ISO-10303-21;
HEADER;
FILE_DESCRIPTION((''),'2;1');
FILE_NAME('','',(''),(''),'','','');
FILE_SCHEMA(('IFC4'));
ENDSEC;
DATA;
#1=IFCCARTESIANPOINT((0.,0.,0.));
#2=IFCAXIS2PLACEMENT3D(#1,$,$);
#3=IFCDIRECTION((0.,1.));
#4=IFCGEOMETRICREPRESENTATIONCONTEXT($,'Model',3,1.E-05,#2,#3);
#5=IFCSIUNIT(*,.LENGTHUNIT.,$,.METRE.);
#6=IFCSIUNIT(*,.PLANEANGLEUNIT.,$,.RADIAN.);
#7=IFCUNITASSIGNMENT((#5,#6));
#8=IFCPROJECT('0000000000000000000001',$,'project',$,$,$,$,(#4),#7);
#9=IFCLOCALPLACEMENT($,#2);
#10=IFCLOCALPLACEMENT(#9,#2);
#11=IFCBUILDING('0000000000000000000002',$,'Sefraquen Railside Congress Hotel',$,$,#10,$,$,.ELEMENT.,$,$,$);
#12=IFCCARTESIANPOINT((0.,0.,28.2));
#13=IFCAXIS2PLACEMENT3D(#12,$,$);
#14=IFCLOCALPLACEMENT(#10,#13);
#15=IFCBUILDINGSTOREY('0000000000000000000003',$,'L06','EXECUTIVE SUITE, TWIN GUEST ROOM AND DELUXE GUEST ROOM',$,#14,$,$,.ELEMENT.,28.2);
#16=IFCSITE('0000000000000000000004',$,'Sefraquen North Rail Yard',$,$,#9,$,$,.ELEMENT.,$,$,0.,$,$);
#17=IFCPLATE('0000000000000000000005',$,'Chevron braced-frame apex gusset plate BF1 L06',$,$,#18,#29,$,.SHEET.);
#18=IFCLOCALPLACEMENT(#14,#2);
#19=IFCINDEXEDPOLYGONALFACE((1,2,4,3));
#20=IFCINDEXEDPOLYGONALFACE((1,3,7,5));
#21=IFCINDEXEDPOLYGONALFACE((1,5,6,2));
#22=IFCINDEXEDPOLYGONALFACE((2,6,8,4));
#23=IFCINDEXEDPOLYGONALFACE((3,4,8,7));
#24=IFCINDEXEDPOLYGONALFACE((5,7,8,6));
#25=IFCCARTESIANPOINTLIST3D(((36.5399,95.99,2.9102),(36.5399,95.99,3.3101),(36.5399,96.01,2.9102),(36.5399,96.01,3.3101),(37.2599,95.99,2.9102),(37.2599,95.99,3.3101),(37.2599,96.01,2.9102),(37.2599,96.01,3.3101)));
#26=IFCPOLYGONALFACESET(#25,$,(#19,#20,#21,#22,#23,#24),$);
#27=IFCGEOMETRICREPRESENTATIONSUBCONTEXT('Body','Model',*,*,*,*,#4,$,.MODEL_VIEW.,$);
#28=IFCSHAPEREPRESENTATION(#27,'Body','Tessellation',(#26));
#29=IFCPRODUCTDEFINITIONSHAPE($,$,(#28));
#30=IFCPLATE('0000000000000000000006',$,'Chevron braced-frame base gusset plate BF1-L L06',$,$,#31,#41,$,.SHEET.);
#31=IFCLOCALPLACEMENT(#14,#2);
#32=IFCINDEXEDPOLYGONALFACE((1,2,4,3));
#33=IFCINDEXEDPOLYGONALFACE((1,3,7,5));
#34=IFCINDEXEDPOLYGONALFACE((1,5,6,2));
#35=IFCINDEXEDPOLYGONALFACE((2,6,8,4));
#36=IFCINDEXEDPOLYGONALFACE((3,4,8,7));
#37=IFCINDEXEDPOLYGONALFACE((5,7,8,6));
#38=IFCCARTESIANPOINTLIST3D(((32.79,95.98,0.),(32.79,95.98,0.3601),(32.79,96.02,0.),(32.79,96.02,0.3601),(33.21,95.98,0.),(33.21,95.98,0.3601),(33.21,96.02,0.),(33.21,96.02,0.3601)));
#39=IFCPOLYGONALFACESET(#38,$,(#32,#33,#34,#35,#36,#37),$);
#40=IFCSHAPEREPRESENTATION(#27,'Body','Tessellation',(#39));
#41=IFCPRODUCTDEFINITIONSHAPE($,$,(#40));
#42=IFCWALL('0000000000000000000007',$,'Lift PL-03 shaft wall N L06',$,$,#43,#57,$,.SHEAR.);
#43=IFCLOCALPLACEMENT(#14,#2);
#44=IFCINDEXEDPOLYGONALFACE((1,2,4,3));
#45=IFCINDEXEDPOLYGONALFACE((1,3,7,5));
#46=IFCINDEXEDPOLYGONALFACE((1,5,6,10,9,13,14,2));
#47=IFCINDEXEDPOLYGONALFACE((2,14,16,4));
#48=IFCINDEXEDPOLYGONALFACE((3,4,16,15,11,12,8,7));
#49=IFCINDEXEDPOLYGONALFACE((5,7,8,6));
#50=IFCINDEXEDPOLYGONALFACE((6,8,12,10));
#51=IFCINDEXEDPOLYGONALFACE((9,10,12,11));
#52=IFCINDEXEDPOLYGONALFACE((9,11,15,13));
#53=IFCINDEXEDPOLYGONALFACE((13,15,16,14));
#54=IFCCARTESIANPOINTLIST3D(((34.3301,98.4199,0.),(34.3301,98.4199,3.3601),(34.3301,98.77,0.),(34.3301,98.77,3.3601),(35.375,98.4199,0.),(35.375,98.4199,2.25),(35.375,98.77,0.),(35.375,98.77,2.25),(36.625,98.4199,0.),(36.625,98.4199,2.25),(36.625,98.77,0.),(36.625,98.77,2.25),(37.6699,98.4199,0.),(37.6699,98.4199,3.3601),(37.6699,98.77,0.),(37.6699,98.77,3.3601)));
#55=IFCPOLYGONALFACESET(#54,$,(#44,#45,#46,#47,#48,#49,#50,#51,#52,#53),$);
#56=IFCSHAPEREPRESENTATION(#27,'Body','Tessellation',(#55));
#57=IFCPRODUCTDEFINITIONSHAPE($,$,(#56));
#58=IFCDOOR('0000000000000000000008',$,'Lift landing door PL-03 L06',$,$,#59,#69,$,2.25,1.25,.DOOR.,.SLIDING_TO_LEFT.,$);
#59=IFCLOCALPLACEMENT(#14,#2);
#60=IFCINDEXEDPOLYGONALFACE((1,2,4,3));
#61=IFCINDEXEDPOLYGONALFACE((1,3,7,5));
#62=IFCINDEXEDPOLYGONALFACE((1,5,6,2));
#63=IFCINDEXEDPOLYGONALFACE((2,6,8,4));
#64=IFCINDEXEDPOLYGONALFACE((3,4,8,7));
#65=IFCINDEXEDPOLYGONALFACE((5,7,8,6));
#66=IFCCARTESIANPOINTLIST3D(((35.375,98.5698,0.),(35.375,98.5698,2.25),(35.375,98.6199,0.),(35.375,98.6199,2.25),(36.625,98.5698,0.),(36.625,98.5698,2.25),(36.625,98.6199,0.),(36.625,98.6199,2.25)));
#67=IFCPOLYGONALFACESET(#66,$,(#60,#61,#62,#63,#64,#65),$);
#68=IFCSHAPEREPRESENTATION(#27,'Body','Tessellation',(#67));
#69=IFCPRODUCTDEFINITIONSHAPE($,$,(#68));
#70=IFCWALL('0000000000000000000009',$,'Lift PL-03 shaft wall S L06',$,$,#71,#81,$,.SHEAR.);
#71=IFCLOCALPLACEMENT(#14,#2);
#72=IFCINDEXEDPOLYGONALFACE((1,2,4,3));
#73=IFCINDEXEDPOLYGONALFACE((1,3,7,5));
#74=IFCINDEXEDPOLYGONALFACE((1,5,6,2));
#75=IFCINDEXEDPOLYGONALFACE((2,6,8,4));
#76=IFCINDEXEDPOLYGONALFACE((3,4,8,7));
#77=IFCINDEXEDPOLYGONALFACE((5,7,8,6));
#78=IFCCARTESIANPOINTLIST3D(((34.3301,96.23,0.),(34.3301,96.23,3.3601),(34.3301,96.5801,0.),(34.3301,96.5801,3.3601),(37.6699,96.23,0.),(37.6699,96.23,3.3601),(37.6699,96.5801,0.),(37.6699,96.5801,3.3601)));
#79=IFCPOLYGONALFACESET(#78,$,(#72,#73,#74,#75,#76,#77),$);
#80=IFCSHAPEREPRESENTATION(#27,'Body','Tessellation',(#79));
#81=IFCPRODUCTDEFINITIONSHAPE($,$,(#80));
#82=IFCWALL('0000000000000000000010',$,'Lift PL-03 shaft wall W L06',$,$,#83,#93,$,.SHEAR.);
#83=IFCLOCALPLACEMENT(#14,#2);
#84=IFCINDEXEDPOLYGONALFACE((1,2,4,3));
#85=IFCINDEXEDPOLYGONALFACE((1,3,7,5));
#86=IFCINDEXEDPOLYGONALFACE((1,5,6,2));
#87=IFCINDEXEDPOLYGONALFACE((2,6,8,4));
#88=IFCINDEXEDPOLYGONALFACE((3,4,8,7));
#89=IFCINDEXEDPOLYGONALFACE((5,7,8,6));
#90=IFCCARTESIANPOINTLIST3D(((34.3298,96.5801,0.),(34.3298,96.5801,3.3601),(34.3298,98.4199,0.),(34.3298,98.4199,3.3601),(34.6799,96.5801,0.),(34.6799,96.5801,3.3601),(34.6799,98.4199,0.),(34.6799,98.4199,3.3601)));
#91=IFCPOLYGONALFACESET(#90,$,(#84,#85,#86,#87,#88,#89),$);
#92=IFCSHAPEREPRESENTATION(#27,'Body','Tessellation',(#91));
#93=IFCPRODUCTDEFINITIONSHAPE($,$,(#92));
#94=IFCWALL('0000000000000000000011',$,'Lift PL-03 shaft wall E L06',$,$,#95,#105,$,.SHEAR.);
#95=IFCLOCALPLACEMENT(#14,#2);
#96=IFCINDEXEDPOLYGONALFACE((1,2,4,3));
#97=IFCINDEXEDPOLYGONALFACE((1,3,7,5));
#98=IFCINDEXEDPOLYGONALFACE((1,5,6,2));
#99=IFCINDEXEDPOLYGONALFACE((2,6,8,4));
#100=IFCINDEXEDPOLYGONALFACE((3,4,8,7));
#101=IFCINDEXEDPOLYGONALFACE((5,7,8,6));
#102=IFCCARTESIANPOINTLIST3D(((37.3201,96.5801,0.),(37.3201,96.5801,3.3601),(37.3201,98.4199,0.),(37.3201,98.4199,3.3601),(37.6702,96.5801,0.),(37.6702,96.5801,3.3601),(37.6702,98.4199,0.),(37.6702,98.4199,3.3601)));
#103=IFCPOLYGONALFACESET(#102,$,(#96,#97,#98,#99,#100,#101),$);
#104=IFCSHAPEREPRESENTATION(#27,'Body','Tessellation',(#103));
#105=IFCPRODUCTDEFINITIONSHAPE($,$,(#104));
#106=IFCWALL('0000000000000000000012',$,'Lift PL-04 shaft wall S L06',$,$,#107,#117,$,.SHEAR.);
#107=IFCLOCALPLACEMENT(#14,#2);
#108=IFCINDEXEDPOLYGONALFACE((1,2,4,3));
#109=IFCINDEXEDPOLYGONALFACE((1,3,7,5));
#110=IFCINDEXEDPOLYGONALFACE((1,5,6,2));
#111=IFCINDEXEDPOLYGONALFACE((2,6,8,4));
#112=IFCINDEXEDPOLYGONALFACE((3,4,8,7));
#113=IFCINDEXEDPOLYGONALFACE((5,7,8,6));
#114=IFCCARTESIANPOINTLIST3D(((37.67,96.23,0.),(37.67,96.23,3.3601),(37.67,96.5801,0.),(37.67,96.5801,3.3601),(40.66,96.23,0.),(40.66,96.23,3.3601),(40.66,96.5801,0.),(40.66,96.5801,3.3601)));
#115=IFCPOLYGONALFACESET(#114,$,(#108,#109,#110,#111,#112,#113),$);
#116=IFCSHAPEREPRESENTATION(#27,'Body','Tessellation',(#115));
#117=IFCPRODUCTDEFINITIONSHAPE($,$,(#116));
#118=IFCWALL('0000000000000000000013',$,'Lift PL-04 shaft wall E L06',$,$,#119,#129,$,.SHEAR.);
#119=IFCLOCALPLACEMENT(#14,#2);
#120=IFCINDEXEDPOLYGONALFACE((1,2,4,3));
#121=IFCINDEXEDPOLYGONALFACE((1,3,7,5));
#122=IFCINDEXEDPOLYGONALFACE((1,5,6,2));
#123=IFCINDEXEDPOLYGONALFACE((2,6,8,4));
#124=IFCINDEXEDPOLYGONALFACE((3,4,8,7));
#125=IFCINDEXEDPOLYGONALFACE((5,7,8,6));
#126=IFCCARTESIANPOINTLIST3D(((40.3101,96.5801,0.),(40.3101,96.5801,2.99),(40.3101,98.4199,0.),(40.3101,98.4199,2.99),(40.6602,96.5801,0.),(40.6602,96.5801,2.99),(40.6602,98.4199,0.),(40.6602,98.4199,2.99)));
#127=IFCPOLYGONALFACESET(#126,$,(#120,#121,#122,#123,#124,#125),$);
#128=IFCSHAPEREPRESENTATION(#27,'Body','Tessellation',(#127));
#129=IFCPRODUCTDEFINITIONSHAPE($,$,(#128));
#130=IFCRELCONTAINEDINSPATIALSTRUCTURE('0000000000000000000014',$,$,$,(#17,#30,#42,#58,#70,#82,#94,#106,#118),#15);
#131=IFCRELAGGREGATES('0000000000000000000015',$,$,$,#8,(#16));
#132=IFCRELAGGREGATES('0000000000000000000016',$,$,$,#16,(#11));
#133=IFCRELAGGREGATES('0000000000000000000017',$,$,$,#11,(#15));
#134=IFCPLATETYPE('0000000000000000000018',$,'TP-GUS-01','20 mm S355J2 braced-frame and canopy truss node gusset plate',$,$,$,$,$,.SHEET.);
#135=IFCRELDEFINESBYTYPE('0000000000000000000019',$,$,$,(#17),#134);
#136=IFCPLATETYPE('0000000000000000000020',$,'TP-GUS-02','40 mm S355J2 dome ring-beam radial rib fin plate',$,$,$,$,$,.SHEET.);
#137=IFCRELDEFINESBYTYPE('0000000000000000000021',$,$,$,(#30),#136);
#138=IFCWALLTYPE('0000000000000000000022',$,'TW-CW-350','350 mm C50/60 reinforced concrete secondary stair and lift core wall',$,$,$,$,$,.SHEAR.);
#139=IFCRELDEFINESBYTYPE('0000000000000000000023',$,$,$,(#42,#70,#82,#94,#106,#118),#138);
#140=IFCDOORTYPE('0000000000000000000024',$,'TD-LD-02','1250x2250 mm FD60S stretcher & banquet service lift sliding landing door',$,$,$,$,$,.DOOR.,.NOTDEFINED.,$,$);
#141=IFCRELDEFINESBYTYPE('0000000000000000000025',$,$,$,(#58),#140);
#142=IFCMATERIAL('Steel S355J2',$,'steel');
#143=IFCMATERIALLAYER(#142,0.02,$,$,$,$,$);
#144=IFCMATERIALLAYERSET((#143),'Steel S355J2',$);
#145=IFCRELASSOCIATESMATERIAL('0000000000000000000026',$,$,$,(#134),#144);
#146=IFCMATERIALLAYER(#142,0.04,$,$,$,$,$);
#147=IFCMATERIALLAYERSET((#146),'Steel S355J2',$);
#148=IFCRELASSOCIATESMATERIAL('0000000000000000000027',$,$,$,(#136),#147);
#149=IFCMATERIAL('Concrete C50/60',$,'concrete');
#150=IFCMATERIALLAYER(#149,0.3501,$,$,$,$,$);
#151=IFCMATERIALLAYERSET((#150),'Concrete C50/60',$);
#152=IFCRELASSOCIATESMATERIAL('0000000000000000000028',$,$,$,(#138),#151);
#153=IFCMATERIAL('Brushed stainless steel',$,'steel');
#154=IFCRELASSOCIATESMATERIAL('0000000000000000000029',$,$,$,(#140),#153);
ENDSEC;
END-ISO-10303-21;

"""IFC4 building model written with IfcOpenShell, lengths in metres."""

from ifc_helpers import new_model, si_unit, direction, frame, frame_2d, origin, origin_2d, place, context, subcontext, project, spatial, rectangle, extrude, material, layer, layer_set, type_object, element, fill, save


model = new_model("IFC4")

# Units and contexts
model_context = context("Model", 3, precision=1e-05, world=origin(), true_north=direction((0.0, 1.0)))
body_context = subcontext(model_context, "Body", "Model", "MODEL_VIEW")
ifc_project = project(units=[si_unit("LENGTHUNIT", "METRE"), si_unit("PLANEANGLEUNIT", "RADIAN")], contexts=[model_context])

# Site, building, storey
site_placement = place(None, origin())
site = spatial("IfcSite", under=ifc_project, at=site_placement, Name="Sefraquen North Rail Yard", CompositionType="ELEMENT", RefElevation=0.0)
building_placement = place(site_placement, origin())
building = spatial("IfcBuilding", under=site, at=building_placement, Name="Sefraquen Railside Congress Hotel", CompositionType="ELEMENT")
storey_placement = place(building_placement, frame((0.0, 0.0, 28.2)))
storey = spatial("IfcBuildingStorey", under=building, at=storey_placement, Name="L06", Description="EXECUTIVE SUITE, TWIN GUEST ROOM AND DELUXE GUEST ROOM", CompositionType="ELEMENT", Elevation=28.2)

# Shared definitions
ifc_material_1 = material(Name="Steel S355J2", Category="steel")

# Plates
ifc_layer_1 = layer(ifc_material_1, 0.02)
ifc_layer_set_1 = layer_set([ifc_layer_1], Name="Steel S355J2")
plate_type_1 = type_object("IfcPlateType", Name="TP-GUS-01", Description="20 mm S355J2 braced-frame and canopy truss node gusset plate", PredefinedType="SHEET", material=ifc_layer_set_1)
plate_1_placement = place(storey_placement, frame((36.8999, 96.0, 2.9102), z_axis=(0.0, 0.0, 1.0), x_axis=(1.0, 0.0, 0.0)))
element("IfcPlate", 1, at=plate_1_placement, inside=storey, type_object=plate_type_1, Name="Chevron braced-frame apex gusset plate BF1 L06", PredefinedType="SHEET", context=body_context, shape_type="SweptSolid", body=[
    extrude(rectangle(XDim=0.72, YDim=0.02, at=origin_2d()), origin(), (0.0, 0.0, 1.0), 0.3999),
])
ifc_layer_2 = layer(ifc_material_1, 0.04)
ifc_layer_set_2 = layer_set([ifc_layer_2], Name="Steel S355J2")
plate_type_2 = type_object("IfcPlateType", Name="TP-GUS-02", Description="40 mm S355J2 dome ring-beam radial rib fin plate", PredefinedType="SHEET", material=ifc_layer_set_2)
plate_2_placement = place(storey_placement, frame((33.0, 96.0, 0.0), z_axis=(0.0, 0.0, 1.0), x_axis=(1.0, 0.0, 0.0)))
element("IfcPlate", 2, at=plate_2_placement, inside=storey, type_object=plate_type_2, Name="Chevron braced-frame base gusset plate BF1-L L06", PredefinedType="SHEET", context=body_context, shape_type="SweptSolid", body=[
    extrude(rectangle(XDim=0.4199, YDim=0.04, at=origin_2d()), origin(), (0.0, 0.0, 1.0), 0.3601),
])

# Wall, opening, door
ifc_material_2 = material(Name="Concrete C50/60", Category="concrete")
ifc_layer_3 = layer(ifc_material_2, 0.3501)
ifc_layer_set_3 = layer_set([ifc_layer_3], Name="Concrete C50/60")
wall_type = type_object("IfcWallType", Name="TW-CW-350", Description="350 mm C50/60 reinforced concrete secondary stair and lift core wall", PredefinedType="SHEAR", material=ifc_layer_set_3)
wall_1_placement = place(storey_placement, frame((34.3301, 98.595, 0.0), z_axis=(0.0, 0.0, 1.0), x_axis=(1.0, 0.0, 0.0)))
wall_1 = element("IfcWall", 3, at=wall_1_placement, inside=storey, type_object=wall_type, Name="Lift PL-03 shaft wall N L06", PredefinedType="SHEAR", context=body_context, shape_type="SweptSolid", body=[
    extrude(rectangle(XDim=3.3398, YDim=0.3501, at=frame_2d((1.6699, 0.0))), origin(), (0.0, 0.0, 1.0), 3.3601),
])
opening_placement = place(wall_1_placement, frame((1.0449, 0.0, 0.0)))
opening = element("IfcOpeningElement", 4, at=opening_placement, cuts=wall_1, PredefinedType="OPENING", context=body_context, shape_type="SweptSolid", body=[
    extrude(rectangle(XDim=1.25, YDim=2.25, at=frame_2d((0.625, 1.125))), frame((0.0, 0.1851, 0.0), z_axis=(0.0, -1.0, 0.0), x_axis=(1.0, 0.0, 0.0)), (0.0, 0.0, 1.0), 0.3701),
])
ifc_material_3 = material(Name="Brushed stainless steel", Category="steel")
door_type = type_object("IfcDoorType", Name="TD-LD-02", Description="1250x2250 mm FD60S stretcher & banquet service lift sliding landing door", OperationType="NOTDEFINED", PredefinedType="DOOR", material=ifc_material_3)
door_placement = place(opening_placement, origin())
door = element("IfcDoor", 5, at=door_placement, inside=storey, type_object=door_type, Name="Lift landing door PL-03 L06", OperationType="SLIDING_TO_LEFT", OverallHeight=2.25, OverallWidth=1.25, PredefinedType="DOOR", context=body_context, shape_type="SweptSolid", body=[
    extrude(rectangle(XDim=1.25, YDim=2.25, at=frame_2d((0.625, 1.125))), frame((0.0, 0.0249, 0.0), z_axis=(0.0, -1.0, 0.0), x_axis=(1.0, 0.0, 0.0)), (0.0, 0.0, 1.0), 0.05),
])
fill(opening, door)

# Walls
wall_2_placement = place(storey_placement, frame((34.3301, 96.405, 0.0), z_axis=(0.0, 0.0, 1.0), x_axis=(1.0, 0.0, 0.0)))
element("IfcWall", 6, at=wall_2_placement, inside=storey, type_object=wall_type, Name="Lift PL-03 shaft wall S L06", PredefinedType="SHEAR", context=body_context, shape_type="SweptSolid", body=[
    extrude(rectangle(XDim=3.3398, YDim=0.3501, at=frame_2d((1.6699, 0.0))), origin(), (0.0, 0.0, 1.0), 3.3601),
])
for number, where, z_axis, x_axis, name in (
    (7, (34.5049, 96.5801, 0.0), (0.0, 0.0, 1.0), (0.0, 1.0, 0.0), "Lift PL-03 shaft wall W L06"),
    (8, (37.4951, 96.5801, 0.0), (0.0, 0.0, 1.0), (0.0, 1.0, 0.0), "Lift PL-03 shaft wall E L06"),
):
    element("IfcWall", number, at=place(storey_placement, frame(where, z_axis=z_axis, x_axis=x_axis)), inside=storey, type_object=wall_type, Name=name, PredefinedType="SHEAR", context=body_context, shape_type="SweptSolid", body=[
        extrude(rectangle(XDim=1.8398, YDim=0.3501, at=frame_2d((0.9199, 0.0))), origin(), (0.0, 0.0, 1.0), 3.3601),
    ])
wall_3_placement = place(storey_placement, frame((37.6699, 96.405, 0.0), z_axis=(0.0, 0.0, 1.0), x_axis=(1.0, 0.0, 0.0)))
element("IfcWall", 9, at=wall_3_placement, inside=storey, type_object=wall_type, Name="Lift PL-04 shaft wall S L06", PredefinedType="SHEAR", context=body_context, shape_type="SweptSolid", body=[
    extrude(rectangle(XDim=2.99, YDim=0.3501, at=frame_2d((1.4951, 0.0))), origin(), (0.0, 0.0, 1.0), 3.3601),
])
wall_4_placement = place(storey_placement, frame((40.4851, 96.5801, 0.0), z_axis=(0.0, 0.0, 1.0), x_axis=(0.0, 1.0, 0.0)))
element("IfcWall", 10, at=wall_4_placement, inside=storey, type_object=wall_type, Name="Lift PL-04 shaft wall E L06", PredefinedType="SHEAR", context=body_context, shape_type="SweptSolid", body=[
    extrude(rectangle(XDim=1.8398, YDim=0.3501, at=frame_2d((0.9199, 0.0))), origin(), (0.0, 0.0, 1.0), 2.99),
])

save(model, "model.ifc")
